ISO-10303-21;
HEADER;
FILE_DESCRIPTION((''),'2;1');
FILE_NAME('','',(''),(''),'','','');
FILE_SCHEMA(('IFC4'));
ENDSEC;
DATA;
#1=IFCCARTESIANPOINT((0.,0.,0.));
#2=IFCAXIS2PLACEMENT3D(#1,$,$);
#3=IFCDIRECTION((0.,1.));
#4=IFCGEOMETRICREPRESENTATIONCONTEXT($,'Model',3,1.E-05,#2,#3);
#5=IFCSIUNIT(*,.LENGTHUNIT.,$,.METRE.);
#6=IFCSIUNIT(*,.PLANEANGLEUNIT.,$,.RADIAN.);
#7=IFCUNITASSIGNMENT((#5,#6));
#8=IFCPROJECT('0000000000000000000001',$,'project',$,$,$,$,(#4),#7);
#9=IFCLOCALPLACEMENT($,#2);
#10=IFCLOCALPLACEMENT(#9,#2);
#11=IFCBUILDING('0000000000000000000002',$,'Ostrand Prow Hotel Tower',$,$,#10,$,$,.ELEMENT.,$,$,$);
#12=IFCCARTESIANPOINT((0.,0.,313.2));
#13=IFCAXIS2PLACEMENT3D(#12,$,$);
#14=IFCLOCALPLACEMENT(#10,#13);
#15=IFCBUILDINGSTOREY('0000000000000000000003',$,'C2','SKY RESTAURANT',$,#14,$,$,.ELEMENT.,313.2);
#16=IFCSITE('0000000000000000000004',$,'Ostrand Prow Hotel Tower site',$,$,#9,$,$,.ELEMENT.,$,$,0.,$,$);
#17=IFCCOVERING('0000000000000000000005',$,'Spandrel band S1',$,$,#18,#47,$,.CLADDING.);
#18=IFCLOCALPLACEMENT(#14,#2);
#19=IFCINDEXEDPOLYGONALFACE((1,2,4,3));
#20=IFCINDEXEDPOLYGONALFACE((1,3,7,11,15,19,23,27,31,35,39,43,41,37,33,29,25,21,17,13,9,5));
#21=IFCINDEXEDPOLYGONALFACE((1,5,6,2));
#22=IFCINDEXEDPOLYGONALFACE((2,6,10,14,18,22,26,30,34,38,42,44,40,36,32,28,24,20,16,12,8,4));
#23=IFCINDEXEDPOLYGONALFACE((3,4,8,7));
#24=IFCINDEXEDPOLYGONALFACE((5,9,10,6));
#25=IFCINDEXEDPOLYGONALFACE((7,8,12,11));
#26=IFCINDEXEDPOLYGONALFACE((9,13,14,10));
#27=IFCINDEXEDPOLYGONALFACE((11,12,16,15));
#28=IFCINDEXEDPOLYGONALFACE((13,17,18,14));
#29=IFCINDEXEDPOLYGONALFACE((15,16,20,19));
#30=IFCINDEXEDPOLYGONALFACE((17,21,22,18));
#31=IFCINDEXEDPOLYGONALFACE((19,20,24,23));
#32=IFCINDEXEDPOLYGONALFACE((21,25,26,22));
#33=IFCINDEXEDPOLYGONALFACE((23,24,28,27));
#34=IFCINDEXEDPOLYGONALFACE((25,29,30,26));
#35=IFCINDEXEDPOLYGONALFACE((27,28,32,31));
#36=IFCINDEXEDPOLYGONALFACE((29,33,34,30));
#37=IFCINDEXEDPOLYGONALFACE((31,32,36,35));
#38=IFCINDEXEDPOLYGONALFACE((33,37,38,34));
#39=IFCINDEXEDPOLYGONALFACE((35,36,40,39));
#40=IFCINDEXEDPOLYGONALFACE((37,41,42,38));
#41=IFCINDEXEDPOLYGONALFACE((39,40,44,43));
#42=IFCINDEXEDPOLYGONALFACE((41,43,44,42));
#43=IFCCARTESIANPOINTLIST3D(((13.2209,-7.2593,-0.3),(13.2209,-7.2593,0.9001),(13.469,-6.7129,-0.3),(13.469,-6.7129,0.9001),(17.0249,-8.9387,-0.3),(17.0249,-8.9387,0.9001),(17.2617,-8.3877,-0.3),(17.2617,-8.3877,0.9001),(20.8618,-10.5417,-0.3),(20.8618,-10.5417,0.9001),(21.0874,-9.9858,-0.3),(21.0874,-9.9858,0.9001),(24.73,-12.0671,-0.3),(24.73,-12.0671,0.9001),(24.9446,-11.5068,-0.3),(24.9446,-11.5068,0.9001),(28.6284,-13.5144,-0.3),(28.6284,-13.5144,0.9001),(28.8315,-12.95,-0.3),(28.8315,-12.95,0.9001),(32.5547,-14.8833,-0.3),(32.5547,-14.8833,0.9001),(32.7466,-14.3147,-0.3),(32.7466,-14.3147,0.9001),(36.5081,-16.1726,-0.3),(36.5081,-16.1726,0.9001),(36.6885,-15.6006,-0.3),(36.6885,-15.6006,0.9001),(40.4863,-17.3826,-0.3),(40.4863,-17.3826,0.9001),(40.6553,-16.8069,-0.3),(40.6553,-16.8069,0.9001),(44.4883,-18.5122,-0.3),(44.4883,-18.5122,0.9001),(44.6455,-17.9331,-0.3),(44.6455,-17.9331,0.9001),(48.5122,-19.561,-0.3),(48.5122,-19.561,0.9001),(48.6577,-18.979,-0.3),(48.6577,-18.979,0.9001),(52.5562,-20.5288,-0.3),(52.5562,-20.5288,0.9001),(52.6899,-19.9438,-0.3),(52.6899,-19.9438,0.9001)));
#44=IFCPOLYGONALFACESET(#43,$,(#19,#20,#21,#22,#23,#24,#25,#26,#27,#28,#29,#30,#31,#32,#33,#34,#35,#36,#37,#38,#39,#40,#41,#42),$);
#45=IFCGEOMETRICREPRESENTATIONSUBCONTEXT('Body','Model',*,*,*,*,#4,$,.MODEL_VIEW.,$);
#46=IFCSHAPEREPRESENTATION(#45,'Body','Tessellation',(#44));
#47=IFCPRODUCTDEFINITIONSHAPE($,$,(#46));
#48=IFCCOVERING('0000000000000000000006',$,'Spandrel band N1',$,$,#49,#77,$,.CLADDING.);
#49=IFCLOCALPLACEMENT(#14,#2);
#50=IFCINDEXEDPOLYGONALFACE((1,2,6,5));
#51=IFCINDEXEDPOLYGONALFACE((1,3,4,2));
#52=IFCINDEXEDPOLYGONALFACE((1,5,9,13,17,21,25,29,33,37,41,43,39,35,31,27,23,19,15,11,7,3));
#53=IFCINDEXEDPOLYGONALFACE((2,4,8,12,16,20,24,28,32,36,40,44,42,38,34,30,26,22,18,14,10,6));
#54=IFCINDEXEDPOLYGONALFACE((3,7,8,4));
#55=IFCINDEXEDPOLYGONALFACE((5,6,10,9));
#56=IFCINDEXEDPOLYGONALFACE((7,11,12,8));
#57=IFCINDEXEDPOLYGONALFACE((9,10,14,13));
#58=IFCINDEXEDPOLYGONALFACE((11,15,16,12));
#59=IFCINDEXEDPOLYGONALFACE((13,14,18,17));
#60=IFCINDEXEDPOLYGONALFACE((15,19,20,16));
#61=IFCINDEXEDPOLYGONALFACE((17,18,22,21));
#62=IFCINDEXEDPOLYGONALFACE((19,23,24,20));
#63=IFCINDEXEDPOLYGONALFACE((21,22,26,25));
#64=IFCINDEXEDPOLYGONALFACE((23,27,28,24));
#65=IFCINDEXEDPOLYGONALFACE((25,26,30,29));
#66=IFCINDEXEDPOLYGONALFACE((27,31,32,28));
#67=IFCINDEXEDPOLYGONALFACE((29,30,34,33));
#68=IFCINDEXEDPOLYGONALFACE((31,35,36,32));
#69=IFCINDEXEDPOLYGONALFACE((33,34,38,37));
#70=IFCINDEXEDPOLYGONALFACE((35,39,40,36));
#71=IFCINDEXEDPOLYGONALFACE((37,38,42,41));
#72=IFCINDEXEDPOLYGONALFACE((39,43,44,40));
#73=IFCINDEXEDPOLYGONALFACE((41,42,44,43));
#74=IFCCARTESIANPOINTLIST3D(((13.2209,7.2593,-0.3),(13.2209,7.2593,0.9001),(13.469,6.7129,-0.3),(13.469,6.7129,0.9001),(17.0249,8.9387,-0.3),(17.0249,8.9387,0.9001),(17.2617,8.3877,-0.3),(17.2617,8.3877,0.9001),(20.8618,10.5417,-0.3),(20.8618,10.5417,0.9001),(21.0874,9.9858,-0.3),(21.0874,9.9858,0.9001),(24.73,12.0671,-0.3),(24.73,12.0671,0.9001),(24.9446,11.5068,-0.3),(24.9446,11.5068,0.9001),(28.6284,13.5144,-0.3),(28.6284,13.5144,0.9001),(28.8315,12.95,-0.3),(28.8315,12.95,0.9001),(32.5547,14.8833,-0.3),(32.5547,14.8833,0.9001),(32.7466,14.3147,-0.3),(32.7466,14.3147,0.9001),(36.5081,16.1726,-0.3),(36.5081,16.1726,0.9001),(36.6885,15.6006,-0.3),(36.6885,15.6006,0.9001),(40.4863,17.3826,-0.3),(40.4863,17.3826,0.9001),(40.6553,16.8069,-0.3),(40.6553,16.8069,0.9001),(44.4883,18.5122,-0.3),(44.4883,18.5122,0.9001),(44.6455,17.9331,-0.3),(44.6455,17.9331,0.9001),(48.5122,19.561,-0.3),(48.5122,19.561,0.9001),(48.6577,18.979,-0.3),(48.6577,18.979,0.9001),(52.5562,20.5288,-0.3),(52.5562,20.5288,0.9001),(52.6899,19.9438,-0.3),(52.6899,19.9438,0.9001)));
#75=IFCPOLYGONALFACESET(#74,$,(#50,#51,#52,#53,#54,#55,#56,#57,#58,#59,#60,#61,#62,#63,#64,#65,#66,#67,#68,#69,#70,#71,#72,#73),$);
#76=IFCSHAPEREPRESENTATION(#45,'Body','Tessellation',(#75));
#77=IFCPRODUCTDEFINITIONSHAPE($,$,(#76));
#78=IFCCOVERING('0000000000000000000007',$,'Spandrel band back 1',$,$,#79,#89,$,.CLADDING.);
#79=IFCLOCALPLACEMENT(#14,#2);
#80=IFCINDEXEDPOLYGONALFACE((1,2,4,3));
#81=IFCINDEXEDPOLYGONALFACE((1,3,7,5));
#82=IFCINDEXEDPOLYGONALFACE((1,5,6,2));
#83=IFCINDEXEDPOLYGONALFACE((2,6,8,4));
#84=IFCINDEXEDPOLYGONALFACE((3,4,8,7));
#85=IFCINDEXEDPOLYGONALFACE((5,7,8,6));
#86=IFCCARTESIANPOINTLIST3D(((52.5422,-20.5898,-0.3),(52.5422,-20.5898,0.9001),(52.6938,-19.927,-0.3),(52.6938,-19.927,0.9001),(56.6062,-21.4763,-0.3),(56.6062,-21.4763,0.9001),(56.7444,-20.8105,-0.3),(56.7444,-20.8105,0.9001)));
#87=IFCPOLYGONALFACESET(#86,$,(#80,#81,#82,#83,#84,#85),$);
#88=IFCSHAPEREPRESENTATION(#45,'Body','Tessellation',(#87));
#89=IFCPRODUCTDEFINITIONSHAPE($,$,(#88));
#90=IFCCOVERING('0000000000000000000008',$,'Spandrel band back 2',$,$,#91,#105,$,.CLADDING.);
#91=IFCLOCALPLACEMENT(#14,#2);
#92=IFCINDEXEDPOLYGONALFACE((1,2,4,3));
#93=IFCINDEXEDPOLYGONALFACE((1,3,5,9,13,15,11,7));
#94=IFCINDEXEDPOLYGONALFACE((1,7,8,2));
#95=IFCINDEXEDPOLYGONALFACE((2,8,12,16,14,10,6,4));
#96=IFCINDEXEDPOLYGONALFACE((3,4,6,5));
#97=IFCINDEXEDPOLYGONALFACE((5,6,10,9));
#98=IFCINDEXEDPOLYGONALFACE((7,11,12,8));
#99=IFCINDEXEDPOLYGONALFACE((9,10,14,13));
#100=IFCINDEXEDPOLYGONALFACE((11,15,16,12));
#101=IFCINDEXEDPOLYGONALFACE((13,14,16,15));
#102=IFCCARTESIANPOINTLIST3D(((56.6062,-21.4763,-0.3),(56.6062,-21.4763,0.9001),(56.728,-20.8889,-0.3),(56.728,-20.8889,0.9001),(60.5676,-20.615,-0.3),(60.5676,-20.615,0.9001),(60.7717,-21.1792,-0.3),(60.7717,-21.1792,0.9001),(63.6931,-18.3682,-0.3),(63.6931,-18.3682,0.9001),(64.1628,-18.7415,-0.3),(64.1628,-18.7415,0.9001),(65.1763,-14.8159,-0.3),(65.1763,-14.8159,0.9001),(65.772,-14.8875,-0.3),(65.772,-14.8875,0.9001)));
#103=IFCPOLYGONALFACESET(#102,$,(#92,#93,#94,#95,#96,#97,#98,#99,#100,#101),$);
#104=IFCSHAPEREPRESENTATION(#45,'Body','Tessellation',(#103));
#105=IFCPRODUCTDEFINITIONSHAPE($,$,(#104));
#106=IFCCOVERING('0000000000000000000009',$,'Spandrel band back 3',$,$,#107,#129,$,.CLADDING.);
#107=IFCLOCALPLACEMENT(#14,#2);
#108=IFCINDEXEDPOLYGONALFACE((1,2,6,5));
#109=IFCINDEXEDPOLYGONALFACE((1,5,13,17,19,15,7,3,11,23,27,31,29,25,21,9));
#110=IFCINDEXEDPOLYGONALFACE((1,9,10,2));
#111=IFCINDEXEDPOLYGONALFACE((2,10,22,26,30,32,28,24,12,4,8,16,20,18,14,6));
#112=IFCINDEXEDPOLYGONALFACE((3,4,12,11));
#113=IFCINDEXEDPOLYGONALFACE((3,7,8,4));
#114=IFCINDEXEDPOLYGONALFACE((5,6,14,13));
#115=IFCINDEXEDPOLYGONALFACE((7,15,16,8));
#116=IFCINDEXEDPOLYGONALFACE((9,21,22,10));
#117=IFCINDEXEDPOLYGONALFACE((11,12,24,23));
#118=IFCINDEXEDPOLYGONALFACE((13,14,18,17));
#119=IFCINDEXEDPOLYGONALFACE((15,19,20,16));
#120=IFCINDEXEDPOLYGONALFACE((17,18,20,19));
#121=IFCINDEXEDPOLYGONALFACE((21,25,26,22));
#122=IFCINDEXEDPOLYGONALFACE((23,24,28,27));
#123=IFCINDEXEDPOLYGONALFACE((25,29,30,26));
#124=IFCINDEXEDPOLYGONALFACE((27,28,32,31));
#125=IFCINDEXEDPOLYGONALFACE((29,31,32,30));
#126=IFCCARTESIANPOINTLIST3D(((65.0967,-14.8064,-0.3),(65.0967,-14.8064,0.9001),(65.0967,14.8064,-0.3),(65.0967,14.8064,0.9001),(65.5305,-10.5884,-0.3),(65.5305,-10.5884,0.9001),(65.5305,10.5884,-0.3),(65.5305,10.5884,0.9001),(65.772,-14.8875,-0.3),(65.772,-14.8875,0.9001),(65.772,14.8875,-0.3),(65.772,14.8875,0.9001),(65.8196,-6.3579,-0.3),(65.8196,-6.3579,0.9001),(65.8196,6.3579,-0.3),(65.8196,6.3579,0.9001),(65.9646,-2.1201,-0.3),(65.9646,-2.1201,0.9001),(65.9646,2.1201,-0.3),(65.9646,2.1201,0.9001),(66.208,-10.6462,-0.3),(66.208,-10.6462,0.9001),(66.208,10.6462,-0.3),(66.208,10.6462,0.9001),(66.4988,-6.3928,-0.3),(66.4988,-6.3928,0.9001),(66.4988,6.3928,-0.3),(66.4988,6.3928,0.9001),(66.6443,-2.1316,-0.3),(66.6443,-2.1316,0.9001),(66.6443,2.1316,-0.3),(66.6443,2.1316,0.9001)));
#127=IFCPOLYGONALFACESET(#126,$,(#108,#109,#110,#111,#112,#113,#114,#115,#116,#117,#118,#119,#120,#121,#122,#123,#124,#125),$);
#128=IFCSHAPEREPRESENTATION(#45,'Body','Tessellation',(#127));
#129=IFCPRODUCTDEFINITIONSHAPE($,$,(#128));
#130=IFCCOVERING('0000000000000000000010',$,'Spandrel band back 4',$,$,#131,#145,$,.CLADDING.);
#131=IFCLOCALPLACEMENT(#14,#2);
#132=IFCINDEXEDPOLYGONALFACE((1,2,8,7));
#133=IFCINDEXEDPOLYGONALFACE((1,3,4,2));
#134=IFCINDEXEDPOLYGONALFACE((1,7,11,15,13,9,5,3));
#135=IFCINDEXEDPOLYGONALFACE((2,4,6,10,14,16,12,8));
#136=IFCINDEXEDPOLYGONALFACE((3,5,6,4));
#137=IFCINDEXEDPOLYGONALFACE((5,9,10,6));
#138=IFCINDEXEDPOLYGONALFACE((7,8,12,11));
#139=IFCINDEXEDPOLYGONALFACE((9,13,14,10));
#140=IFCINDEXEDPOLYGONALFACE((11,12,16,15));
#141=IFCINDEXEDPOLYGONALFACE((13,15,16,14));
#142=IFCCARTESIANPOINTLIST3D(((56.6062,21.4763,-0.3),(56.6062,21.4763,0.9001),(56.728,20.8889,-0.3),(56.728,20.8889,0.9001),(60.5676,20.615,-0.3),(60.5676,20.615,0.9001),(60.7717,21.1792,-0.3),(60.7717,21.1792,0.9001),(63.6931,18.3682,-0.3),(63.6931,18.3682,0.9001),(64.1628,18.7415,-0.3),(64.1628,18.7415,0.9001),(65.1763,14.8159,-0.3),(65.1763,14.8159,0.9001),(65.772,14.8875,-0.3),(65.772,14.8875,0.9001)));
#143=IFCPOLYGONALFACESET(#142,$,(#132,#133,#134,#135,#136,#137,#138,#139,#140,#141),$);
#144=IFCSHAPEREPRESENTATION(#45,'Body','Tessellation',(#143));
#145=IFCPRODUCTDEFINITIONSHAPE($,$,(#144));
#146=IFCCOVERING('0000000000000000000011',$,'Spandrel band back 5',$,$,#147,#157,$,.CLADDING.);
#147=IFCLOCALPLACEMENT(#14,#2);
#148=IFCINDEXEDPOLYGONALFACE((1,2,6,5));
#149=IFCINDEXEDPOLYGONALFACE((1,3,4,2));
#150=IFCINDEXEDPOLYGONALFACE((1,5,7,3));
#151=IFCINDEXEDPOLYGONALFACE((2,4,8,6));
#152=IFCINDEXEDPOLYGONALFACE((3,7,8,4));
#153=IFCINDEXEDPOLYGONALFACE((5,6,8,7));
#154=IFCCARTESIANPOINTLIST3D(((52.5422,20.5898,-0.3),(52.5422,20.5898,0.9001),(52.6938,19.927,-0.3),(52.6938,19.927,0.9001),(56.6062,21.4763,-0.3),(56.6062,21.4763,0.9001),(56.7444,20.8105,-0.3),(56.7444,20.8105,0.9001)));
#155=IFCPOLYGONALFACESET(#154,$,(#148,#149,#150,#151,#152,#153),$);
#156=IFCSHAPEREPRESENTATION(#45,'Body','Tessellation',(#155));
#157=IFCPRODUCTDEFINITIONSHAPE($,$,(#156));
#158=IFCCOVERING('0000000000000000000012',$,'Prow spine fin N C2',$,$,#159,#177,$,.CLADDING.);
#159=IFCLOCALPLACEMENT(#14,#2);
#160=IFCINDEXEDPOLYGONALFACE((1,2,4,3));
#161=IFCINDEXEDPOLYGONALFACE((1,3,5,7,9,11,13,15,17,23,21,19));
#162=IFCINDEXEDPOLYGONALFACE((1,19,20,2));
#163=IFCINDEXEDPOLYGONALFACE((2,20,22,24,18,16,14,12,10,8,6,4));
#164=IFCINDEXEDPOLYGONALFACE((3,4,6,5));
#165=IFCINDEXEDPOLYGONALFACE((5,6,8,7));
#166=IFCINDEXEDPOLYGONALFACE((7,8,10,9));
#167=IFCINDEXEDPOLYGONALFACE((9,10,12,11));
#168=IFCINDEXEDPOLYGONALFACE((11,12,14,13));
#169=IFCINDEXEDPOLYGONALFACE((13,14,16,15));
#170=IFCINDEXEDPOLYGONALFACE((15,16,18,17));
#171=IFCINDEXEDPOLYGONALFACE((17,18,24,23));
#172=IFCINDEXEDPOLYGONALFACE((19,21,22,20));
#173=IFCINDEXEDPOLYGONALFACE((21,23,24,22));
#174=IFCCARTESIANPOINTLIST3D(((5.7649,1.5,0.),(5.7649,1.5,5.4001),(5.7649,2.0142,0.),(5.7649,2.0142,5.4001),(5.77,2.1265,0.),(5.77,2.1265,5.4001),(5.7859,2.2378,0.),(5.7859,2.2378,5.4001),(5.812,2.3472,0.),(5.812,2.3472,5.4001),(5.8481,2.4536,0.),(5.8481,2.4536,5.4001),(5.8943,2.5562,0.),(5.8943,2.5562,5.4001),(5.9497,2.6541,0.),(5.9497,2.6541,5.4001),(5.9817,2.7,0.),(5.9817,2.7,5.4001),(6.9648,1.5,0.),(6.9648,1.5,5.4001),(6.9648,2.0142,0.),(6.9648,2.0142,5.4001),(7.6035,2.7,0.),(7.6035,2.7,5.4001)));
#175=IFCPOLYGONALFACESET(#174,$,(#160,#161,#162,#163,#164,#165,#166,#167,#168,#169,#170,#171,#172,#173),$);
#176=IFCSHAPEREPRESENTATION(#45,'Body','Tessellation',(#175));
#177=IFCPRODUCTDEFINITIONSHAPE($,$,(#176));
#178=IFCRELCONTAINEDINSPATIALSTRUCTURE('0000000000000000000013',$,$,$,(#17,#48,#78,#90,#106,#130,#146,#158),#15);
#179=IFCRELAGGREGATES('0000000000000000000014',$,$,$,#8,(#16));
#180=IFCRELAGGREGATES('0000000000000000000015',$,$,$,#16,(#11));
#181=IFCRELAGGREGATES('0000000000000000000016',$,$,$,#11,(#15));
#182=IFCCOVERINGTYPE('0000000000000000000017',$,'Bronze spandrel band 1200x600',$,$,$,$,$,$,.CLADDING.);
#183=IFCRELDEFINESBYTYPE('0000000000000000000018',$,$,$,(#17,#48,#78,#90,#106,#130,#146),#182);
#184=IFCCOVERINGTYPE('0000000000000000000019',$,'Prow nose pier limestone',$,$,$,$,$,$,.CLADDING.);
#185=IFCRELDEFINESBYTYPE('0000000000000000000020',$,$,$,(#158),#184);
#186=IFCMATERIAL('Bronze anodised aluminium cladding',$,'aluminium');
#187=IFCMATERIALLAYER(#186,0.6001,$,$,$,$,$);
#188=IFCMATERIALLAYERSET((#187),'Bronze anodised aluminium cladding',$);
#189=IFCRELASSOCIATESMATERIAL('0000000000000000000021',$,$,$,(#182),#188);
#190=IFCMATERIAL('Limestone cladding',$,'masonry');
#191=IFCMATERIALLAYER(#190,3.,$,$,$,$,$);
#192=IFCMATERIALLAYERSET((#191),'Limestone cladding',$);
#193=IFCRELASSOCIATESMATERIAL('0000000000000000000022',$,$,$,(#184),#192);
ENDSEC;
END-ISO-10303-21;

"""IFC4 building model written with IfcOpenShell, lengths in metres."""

from ifc_helpers import new_model, si_unit, direction, frame, origin, place, context, subcontext, project, spatial, polyline, outline, extrude, material, layer, layer_set, type_object, element, save


model = new_model("IFC4")

# Units and contexts
model_context = context("Model", 3, precision=1e-05, world=origin(), true_north=direction((0.0, 1.0)))
body_context = subcontext(model_context, "Body", "Model", "MODEL_VIEW")
ifc_project = project(units=[si_unit("LENGTHUNIT", "METRE"), si_unit("PLANEANGLEUNIT", "RADIAN")], contexts=[model_context])

# Site, building, storey
site_placement = place(None, origin())
site = spatial("IfcSite", under=ifc_project, at=site_placement, Name="Ostrand Prow Hotel Tower site", CompositionType="ELEMENT", RefElevation=0.0)
building_placement = place(site_placement, origin())
building = spatial("IfcBuilding", under=site, at=building_placement, Name="Ostrand Prow Hotel Tower", CompositionType="ELEMENT")
storey_placement = place(building_placement, frame((0.0, 0.0, 313.2)))
storey = spatial("IfcBuildingStorey", under=building, at=storey_placement, Name="C2", Description="SKY RESTAURANT", CompositionType="ELEMENT", Elevation=313.2)

# Coverings
ifc_material_1 = material(Name="Bronze anodised aluminium cladding", Category="aluminium")
ifc_layer_1 = layer(ifc_material_1, 0.6001)
ifc_layer_set_1 = layer_set([ifc_layer_1], Name="Bronze anodised aluminium cladding")
covering_type_1 = type_object("IfcCoveringType", Name="Bronze spandrel band 1200x600", PredefinedType="CLADDING", material=ifc_layer_set_1)
covering_1_placement = place(storey_placement, frame((0.0, 0.0, -0.3)))
element("IfcCovering", 1, at=covering_1_placement, inside=storey, type_object=covering_type_1, Name="Spandrel band S1", PredefinedType="CLADDING", context=body_context, shape_type="SweptSolid", body=[
    extrude(outline(polyline([(13.2209, -7.2593), (17.0249, -8.9387), (20.8618, -10.5417), (24.73, -12.0671), (28.6284, -13.5144), (32.5547, -14.8833), (36.5081, -16.1726), (40.4863, -17.3826), (44.4883, -18.5122), (48.5122, -19.561), (52.5562, -20.5288), (52.6899, -19.9438), (48.6577, -18.979), (44.6455, -17.9331), (40.6553, -16.8069), (36.6885, -15.6006), (32.7466, -14.3147), (28.8315, -12.95), (24.9446, -11.5068), (21.0874, -9.9858), (17.2617, -8.3877), (13.469, -6.7129), (13.2209, -7.2593)])), origin(), (0.0, 0.0, 1.0), 1.2002),
])
covering_2_placement = place(storey_placement, frame((0.0, 0.0, -0.3)))
element("IfcCovering", 2, at=covering_2_placement, inside=storey, type_object=covering_type_1, Name="Spandrel band N1", PredefinedType="CLADDING", context=body_context, shape_type="SweptSolid", body=[
    extrude(outline(polyline([(52.5562, 20.5288), (48.5122, 19.561), (44.4883, 18.5122), (40.4863, 17.3826), (36.5081, 16.1726), (32.5547, 14.8833), (28.6284, 13.5144), (24.73, 12.0671), (20.8618, 10.5417), (17.0249, 8.9387), (13.2209, 7.2593), (13.469, 6.7129), (17.2617, 8.3877), (21.0874, 9.9858), (24.9446, 11.5068), (28.8315, 12.95), (32.7466, 14.3147), (36.6885, 15.6006), (40.6553, 16.8069), (44.6455, 17.9331), (48.6577, 18.979), (52.6899, 19.9438), (52.5562, 20.5288)])), origin(), (0.0, 0.0, 1.0), 1.2002),
])
covering_3_placement = place(storey_placement, frame((0.0, 0.0, -0.3)))
element("IfcCovering", 3, at=covering_3_placement, inside=storey, type_object=covering_type_1, Name="Spandrel band back 1", PredefinedType="CLADDING", context=body_context, shape_type="SweptSolid", body=[
    extrude(outline(polyline([(52.5422, -20.5898), (56.6062, -21.4763), (56.7444, -20.8105), (52.6938, -19.927), (52.5422, -20.5898)])), origin(), (0.0, 0.0, 1.0), 1.2002),
])
covering_4_placement = place(storey_placement, frame((0.0, 0.0, -0.3)))
element("IfcCovering", 4, at=covering_4_placement, inside=storey, type_object=covering_type_1, Name="Spandrel band back 2", PredefinedType="CLADDING", context=body_context, shape_type="SweptSolid", body=[
    extrude(outline(polyline([(56.6062, -21.4763), (60.7717, -21.1792), (64.1628, -18.7415), (65.772, -14.8875), (65.1763, -14.8159), (63.6931, -18.3682), (60.5676, -20.615), (56.728, -20.8889), (56.6062, -21.4763)])), origin(), (0.0, 0.0, 1.0), 1.2002),
])
covering_5_placement = place(storey_placement, frame((0.0, 0.0, -0.3)))
element("IfcCovering", 5, at=covering_5_placement, inside=storey, type_object=covering_type_1, Name="Spandrel band back 3", PredefinedType="CLADDING", context=body_context, shape_type="SweptSolid", body=[
    extrude(outline(polyline([(65.772, -14.8875), (66.208, -10.6462), (66.4988, -6.3928), (66.6443, -2.1316), (66.6443, 2.1316), (66.4988, 6.3928), (66.208, 10.6462), (65.772, 14.8875), (65.0967, 14.8064), (65.5305, 10.5884), (65.8196, 6.3579), (65.9646, 2.1201), (65.9646, -2.1201), (65.8196, -6.3579), (65.5305, -10.5884), (65.0967, -14.8064), (65.772, -14.8875)])), origin(), (0.0, 0.0, 1.0), 1.2002),
])
covering_6_placement = place(storey_placement, frame((0.0, 0.0, -0.3)))
element("IfcCovering", 6, at=covering_6_placement, inside=storey, type_object=covering_type_1, Name="Spandrel band back 4", PredefinedType="CLADDING", context=body_context, shape_type="SweptSolid", body=[
    extrude(outline(polyline([(65.772, 14.8875), (64.1628, 18.7415), (60.7717, 21.1792), (56.6062, 21.4763), (56.728, 20.8889), (60.5676, 20.615), (63.6931, 18.3682), (65.1763, 14.8159), (65.772, 14.8875)])), origin(), (0.0, 0.0, 1.0), 1.2002),
])
covering_7_placement = place(storey_placement, frame((0.0, 0.0, -0.3)))
element("IfcCovering", 7, at=covering_7_placement, inside=storey, type_object=covering_type_1, Name="Spandrel band back 5", PredefinedType="CLADDING", context=body_context, shape_type="SweptSolid", body=[
    extrude(outline(polyline([(56.6062, 21.4763), (52.5422, 20.5898), (52.6938, 19.927), (56.7444, 20.8105), (56.6062, 21.4763)])), origin(), (0.0, 0.0, 1.0), 1.2002),
])
ifc_material_2 = material(Name="Limestone cladding", Category="masonry")
ifc_layer_2 = layer(ifc_material_2, 3.0)
ifc_layer_set_2 = layer_set([ifc_layer_2], Name="Limestone cladding")
covering_type_2 = type_object("IfcCoveringType", Name="Prow nose pier limestone", PredefinedType="CLADDING", material=ifc_layer_set_2)
covering_8_placement = place(storey_placement, origin())
element("IfcCovering", 8, at=covering_8_placement, inside=storey, type_object=covering_type_2, Name="Prow spine fin N C2", PredefinedType="CLADDING", context=body_context, shape_type="SweptSolid", body=[
    extrude(outline(polyline([(5.7649, 2.0142), (5.7649, 1.5), (6.9648, 1.5), (6.9648, 2.0142), (7.6035, 2.7), (5.9817, 2.7), (5.9497, 2.6541), (5.8943, 2.5562), (5.8481, 2.4536), (5.812, 2.3472), (5.7859, 2.2378), (5.77, 2.1265), (5.7649, 2.0142)])), origin(), (0.0, 0.0, 1.0), 5.4001),
])

save(model, "model.ifc")
